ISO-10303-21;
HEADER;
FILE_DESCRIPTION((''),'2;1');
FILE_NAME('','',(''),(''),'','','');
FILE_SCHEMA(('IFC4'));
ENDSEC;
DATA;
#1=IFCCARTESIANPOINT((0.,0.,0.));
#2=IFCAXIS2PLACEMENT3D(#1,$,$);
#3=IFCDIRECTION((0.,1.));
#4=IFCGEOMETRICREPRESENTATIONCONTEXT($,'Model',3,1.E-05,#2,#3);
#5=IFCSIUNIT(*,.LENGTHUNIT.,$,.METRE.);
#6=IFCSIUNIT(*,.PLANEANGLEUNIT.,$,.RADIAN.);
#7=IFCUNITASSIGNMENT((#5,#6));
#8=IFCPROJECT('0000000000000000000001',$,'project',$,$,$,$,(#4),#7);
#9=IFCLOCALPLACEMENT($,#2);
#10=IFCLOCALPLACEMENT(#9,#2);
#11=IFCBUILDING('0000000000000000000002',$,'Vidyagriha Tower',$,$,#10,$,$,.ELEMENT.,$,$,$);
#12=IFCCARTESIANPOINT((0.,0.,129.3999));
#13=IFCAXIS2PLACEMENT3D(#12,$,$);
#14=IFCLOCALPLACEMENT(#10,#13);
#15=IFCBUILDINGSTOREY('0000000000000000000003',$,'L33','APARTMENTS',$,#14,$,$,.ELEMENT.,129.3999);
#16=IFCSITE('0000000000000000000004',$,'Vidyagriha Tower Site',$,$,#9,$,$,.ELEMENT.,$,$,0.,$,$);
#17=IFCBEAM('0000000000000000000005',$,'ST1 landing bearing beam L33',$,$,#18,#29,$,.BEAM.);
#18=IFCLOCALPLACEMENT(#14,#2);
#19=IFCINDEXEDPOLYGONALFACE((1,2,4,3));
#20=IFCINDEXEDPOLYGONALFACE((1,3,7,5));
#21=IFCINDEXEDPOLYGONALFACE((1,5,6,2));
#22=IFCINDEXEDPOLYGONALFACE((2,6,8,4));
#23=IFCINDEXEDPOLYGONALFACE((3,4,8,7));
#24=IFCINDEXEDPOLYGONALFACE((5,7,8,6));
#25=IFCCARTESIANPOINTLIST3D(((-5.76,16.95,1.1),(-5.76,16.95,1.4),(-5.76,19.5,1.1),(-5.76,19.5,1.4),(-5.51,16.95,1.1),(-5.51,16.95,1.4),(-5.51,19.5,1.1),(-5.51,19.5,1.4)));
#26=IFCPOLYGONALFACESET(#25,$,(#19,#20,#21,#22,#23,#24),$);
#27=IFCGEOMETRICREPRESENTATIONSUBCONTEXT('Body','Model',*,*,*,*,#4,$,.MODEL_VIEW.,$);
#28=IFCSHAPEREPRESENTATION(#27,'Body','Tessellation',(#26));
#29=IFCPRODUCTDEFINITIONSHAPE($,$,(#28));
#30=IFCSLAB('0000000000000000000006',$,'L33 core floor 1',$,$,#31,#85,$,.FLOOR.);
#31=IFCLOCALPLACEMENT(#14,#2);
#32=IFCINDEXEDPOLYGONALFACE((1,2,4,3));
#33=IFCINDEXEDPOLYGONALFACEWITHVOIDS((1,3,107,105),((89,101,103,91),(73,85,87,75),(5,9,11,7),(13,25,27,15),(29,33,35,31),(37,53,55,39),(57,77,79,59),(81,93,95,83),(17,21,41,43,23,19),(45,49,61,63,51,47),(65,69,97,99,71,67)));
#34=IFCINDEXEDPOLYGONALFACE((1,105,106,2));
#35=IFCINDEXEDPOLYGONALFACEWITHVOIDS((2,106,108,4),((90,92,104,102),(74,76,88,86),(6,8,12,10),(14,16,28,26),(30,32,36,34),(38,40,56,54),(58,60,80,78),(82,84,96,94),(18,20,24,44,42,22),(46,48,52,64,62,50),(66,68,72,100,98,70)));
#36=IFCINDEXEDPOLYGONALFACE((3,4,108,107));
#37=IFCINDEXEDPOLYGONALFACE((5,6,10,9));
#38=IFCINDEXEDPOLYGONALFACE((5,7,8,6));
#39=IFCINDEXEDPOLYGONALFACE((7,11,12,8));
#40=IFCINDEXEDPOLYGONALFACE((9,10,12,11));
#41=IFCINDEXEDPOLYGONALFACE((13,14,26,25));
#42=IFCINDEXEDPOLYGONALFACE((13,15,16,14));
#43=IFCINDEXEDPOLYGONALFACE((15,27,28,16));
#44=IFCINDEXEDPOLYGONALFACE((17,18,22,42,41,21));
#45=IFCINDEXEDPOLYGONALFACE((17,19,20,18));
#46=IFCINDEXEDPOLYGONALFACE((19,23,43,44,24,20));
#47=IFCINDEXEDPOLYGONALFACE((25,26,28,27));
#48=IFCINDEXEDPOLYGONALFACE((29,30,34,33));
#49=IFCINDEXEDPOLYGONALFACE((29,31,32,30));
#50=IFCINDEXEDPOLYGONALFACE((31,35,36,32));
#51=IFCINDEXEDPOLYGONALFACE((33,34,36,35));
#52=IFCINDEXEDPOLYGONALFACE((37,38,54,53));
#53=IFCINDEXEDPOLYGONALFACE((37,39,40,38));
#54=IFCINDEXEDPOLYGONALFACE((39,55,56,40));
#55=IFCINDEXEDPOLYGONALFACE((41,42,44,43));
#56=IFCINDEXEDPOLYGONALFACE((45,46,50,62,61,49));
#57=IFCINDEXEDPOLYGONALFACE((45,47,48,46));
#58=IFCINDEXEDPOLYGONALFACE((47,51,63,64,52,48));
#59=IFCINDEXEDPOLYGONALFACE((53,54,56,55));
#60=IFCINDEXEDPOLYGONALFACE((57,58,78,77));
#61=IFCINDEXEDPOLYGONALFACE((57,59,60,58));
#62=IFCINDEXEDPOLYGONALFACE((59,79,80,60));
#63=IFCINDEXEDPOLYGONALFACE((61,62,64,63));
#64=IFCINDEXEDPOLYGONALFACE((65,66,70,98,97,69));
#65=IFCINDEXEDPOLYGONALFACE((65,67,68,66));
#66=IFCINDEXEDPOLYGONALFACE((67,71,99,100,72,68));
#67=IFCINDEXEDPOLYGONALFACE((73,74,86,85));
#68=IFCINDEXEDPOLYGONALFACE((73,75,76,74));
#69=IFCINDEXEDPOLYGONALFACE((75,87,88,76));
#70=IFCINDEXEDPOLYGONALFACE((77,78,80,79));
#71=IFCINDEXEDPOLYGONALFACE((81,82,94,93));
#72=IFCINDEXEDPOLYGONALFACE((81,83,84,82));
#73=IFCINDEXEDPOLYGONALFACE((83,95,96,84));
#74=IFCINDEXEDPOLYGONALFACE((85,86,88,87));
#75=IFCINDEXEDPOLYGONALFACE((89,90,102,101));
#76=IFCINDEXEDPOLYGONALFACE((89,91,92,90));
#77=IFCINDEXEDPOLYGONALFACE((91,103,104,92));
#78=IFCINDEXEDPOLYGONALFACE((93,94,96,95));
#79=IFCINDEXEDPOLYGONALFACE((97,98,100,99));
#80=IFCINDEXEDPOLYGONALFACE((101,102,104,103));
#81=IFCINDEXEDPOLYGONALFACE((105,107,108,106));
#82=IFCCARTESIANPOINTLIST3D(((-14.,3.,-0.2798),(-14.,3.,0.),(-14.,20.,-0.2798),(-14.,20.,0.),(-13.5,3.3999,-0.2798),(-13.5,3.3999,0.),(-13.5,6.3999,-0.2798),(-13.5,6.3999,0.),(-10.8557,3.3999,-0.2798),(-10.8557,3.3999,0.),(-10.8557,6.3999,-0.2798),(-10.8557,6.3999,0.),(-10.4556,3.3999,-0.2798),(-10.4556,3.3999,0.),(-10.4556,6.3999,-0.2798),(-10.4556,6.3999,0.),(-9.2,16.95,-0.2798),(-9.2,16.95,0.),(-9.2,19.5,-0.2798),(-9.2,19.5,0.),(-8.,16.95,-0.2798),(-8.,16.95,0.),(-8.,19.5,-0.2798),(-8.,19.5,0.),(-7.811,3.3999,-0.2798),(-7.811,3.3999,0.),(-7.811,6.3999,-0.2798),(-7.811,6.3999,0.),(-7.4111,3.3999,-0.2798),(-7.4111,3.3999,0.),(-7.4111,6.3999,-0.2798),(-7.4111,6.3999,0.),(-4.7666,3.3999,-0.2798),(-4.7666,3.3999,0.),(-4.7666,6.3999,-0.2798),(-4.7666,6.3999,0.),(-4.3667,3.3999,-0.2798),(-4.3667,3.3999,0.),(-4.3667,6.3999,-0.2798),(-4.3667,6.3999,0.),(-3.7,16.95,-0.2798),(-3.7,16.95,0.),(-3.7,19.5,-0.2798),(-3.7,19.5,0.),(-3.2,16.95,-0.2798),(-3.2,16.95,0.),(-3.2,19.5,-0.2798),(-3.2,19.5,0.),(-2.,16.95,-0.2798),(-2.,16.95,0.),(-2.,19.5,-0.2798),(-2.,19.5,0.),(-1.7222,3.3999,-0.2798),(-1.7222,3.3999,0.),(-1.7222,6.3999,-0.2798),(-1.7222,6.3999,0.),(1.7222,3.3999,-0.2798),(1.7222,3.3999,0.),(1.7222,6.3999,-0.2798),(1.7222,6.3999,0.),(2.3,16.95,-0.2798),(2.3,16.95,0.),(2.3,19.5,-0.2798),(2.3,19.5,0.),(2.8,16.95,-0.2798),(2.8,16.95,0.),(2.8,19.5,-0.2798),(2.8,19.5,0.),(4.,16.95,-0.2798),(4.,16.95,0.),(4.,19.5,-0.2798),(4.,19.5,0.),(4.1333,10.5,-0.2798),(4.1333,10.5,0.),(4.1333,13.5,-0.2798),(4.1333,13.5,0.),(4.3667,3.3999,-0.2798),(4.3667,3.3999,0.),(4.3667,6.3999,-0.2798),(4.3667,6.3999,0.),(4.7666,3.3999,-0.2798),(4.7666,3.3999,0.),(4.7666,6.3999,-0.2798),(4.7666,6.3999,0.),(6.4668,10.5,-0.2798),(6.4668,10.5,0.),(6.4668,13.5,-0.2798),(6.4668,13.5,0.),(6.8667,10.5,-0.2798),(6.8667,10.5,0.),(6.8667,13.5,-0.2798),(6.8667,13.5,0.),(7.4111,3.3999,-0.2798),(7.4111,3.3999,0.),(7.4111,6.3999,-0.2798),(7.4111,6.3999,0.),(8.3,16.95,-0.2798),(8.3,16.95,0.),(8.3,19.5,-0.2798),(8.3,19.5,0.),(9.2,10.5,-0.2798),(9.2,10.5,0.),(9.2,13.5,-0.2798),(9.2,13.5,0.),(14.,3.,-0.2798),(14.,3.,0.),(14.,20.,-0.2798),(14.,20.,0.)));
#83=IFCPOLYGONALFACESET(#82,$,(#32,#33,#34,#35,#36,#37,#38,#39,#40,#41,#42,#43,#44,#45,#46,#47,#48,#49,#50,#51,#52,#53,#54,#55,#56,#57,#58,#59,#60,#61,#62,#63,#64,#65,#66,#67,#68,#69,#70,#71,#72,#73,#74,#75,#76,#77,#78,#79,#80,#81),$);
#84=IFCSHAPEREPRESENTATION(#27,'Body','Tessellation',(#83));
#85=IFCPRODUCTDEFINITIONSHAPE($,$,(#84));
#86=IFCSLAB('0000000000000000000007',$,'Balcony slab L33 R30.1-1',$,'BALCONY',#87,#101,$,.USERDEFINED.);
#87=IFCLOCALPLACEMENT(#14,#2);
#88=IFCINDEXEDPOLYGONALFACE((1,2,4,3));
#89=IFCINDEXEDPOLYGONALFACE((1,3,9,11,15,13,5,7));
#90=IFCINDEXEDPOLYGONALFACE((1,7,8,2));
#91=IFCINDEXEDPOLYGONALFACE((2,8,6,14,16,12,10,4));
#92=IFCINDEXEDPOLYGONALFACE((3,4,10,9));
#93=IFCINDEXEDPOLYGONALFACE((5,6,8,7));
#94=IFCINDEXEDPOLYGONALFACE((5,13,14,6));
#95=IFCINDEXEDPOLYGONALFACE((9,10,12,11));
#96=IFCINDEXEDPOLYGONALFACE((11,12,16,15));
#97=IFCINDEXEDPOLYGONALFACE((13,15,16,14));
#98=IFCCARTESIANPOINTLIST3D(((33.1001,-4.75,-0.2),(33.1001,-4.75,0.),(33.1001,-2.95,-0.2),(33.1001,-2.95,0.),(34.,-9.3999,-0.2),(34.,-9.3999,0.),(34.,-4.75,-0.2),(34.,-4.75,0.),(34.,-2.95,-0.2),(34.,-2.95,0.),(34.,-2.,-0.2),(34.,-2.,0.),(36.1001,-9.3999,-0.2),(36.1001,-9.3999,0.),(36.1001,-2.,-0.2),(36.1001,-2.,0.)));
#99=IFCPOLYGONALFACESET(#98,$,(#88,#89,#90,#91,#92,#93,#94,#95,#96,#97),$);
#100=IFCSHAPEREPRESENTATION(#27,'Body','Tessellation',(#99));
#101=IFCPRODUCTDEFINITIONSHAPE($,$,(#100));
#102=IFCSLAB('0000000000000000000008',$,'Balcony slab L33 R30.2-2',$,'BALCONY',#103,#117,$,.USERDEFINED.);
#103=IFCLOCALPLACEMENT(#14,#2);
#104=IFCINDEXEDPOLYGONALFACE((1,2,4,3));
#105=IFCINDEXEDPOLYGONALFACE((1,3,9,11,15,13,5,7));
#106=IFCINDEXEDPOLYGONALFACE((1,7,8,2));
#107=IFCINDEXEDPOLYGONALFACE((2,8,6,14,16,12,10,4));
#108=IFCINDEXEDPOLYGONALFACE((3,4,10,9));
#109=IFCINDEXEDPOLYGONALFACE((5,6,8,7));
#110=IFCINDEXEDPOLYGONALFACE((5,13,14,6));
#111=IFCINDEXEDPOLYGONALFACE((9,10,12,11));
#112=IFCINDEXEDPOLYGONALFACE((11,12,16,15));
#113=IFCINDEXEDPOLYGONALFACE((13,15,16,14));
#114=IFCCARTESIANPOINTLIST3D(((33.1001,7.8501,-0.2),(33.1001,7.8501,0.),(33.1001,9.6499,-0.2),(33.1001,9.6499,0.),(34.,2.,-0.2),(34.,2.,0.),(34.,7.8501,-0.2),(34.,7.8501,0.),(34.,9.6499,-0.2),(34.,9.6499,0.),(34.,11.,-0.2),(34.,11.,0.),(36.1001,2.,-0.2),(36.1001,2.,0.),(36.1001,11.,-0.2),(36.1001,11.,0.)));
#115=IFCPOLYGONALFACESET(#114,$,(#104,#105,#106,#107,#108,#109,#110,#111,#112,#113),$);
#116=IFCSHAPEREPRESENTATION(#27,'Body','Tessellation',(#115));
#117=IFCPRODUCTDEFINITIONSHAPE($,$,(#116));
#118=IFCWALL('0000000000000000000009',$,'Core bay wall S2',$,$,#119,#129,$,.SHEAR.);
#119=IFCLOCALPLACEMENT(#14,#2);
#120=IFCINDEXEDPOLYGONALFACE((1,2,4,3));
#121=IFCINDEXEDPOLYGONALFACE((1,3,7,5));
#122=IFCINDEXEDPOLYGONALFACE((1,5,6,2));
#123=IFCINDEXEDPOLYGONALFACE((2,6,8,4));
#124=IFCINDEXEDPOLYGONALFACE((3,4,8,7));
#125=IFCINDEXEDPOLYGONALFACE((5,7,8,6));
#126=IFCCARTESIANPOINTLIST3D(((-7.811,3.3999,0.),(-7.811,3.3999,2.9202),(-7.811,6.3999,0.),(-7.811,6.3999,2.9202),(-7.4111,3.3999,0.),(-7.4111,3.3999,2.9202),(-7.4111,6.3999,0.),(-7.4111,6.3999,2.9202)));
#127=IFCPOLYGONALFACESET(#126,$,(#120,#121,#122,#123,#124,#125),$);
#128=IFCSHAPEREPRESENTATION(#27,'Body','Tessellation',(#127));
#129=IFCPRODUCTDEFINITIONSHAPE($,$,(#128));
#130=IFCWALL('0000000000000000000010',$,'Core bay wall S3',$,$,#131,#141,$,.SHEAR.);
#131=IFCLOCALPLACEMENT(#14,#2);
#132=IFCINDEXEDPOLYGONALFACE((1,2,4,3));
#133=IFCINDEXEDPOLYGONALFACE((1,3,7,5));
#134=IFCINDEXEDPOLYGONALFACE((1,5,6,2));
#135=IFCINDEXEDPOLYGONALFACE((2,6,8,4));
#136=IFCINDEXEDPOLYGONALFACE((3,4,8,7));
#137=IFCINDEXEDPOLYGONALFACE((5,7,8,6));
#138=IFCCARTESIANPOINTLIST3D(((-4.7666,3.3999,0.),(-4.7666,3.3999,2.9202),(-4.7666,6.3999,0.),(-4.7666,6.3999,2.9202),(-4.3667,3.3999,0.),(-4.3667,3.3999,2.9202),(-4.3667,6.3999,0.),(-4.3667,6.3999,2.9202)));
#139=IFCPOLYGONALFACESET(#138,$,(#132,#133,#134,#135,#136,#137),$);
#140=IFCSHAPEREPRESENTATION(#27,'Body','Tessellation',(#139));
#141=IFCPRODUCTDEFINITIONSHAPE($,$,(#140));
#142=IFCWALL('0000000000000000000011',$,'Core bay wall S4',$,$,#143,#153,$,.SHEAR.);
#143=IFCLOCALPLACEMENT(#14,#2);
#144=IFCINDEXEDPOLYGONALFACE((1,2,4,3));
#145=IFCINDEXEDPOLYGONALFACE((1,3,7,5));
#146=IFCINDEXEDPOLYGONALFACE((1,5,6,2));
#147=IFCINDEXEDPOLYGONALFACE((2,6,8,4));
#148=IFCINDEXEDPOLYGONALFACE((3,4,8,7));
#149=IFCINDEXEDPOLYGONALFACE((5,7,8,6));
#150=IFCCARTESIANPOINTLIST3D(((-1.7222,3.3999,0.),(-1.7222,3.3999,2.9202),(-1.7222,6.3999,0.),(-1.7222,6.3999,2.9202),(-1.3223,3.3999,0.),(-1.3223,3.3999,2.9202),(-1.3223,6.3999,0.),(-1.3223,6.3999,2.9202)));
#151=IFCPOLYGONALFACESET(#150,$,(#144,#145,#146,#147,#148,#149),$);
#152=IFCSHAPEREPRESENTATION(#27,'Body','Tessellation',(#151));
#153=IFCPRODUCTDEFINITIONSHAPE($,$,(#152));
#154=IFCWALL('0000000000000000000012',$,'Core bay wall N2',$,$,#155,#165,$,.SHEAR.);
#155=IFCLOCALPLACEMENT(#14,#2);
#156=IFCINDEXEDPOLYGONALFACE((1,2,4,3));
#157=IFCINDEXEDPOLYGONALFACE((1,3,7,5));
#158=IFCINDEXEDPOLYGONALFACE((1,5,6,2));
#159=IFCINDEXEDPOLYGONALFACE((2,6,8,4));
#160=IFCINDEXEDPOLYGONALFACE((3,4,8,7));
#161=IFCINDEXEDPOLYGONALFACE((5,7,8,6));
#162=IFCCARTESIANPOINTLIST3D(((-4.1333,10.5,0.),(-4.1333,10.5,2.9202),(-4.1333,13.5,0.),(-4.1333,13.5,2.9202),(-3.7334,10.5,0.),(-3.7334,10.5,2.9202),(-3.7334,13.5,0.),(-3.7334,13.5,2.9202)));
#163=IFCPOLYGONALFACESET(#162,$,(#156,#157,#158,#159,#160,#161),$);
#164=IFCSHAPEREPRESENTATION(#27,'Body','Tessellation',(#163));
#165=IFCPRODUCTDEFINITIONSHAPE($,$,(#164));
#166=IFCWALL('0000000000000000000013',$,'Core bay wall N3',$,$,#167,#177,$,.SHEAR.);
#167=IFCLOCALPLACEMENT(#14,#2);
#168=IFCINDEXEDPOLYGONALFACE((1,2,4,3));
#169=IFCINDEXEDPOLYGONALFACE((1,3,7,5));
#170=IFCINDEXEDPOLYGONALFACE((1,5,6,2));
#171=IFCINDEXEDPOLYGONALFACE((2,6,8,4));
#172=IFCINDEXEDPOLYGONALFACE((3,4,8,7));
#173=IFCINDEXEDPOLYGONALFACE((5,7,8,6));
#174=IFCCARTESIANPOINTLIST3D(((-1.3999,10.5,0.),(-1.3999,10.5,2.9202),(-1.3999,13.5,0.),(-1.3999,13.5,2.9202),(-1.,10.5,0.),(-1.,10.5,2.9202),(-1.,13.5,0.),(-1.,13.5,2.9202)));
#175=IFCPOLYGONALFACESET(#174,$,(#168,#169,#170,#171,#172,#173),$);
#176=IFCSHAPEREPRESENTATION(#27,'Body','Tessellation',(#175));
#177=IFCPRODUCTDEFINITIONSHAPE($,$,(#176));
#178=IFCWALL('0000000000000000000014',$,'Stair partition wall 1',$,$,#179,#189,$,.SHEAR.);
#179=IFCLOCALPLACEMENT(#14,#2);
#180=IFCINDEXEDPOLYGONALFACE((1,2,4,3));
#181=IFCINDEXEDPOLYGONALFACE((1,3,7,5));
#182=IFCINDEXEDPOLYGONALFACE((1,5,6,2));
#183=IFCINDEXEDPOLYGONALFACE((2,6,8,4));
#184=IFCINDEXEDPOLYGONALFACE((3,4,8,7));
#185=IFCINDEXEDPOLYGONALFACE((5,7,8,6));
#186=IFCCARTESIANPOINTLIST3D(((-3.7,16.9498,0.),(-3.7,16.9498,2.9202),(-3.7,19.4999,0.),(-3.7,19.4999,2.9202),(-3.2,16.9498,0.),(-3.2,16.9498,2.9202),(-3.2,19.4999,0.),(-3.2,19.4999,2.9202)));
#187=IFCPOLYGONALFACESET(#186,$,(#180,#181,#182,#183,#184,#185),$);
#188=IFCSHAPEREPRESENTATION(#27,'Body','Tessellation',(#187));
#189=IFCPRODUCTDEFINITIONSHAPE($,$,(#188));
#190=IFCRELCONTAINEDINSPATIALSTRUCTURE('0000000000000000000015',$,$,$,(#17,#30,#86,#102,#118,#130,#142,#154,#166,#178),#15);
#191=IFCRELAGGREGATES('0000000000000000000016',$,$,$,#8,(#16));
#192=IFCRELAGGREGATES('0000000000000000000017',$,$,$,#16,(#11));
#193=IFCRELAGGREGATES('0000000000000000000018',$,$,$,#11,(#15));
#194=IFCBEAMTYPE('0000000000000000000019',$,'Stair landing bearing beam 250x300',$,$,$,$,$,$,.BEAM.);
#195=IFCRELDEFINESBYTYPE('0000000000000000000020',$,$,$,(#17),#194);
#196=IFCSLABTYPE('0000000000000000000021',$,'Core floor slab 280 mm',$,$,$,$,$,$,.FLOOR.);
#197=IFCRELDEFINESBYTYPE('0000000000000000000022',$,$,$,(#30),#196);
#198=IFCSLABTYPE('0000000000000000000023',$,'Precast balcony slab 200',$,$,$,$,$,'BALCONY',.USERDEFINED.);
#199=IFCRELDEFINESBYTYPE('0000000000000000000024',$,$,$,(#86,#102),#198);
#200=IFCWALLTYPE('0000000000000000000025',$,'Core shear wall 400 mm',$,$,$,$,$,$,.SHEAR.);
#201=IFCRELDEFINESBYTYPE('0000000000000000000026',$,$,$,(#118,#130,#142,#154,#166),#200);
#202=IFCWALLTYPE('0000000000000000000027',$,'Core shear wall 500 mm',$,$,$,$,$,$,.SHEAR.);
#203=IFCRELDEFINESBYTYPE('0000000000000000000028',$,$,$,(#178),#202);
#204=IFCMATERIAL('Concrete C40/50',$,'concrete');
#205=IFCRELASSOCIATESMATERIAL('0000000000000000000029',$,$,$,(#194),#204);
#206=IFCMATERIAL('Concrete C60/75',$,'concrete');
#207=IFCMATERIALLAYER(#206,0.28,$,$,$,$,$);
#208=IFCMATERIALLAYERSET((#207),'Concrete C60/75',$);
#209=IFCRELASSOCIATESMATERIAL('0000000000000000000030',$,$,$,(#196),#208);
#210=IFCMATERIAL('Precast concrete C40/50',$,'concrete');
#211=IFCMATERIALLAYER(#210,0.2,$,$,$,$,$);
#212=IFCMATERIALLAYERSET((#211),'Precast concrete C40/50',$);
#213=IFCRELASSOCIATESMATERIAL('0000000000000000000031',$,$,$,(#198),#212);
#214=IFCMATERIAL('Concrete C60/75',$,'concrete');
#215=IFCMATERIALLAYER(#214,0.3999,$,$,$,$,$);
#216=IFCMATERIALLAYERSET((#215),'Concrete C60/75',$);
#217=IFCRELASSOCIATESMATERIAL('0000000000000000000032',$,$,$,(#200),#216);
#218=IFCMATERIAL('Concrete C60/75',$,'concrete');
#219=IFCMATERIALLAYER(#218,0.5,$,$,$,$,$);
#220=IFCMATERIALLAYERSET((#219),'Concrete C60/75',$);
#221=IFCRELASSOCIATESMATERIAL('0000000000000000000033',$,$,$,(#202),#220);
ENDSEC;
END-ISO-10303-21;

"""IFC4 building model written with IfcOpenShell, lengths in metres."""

from ifc_helpers import new_model, si_unit, direction, frame, frame_2d, origin, origin_2d, place, context, subcontext, project, spatial, polyline, rectangle, outline, extrude, material, layer, layer_set, material_profile, profile_set, type_object, element, save


model = new_model("IFC4")

# Units and contexts
model_context = context("Model", 3, precision=1e-05, world=origin(), true_north=direction((0.0, 1.0)))
body_context = subcontext(model_context, "Body", "Model", "MODEL_VIEW")
ifc_project = project(units=[si_unit("LENGTHUNIT", "METRE"), si_unit("PLANEANGLEUNIT", "RADIAN")], contexts=[model_context])

# Site, building, storey
site_placement = place(None, origin())
site = spatial("IfcSite", under=ifc_project, at=site_placement, Name="Vidyagriha Tower Site", CompositionType="ELEMENT", RefElevation=0.0)
building_placement = place(site_placement, origin())
building = spatial("IfcBuilding", under=site, at=building_placement, Name="Vidyagriha Tower", CompositionType="ELEMENT")
storey_placement = place(building_placement, frame((0.0, 0.0, 129.3999)))
storey = spatial("IfcBuildingStorey", under=building, at=storey_placement, Name="L33", Description="APARTMENTS", CompositionType="ELEMENT", Elevation=129.3999)

# Beam
ifc_material_1 = material(Name="Concrete C40/50", Category="concrete")
ifc_material_profile = material_profile(ifc_material_1, rectangle(XDim=0.25, YDim=0.3, at=origin_2d()), Name="Stair landing bearing beam 250x300")
ifc_profile_set = profile_set([ifc_material_profile], Name="Concrete C40/50")
beam_type = type_object("IfcBeamType", Name="Stair landing bearing beam 250x300", PredefinedType="BEAM", material=ifc_profile_set)
beam_placement = place(storey_placement, frame((-5.635, 16.95, 1.25), z_axis=(0.0, 1.0, 0.0), x_axis=(-1.0, 0.0, 0.0)))
element("IfcBeam", 1, at=beam_placement, inside=storey, type_object=beam_type, Name="ST1 landing bearing beam L33", PredefinedType="BEAM", context=body_context, shape_type="SweptSolid", body=[
    extrude(rectangle(XDim=0.25, YDim=0.3, at=origin_2d()), origin(), (0.0, 0.0, 1.0), 2.55),
])

# Slabs
ifc_material_2 = material(Name="Concrete C60/75", Category="concrete")
ifc_layer_1 = layer(ifc_material_2, 0.28)
ifc_layer_set_1 = layer_set([ifc_layer_1], Name="Concrete C60/75")
slab_type_1 = type_object("IfcSlabType", Name="Core floor slab 280 mm", PredefinedType="FLOOR", material=ifc_layer_set_1)
slab_1_placement = place(storey_placement, frame((0.0, 0.0, -0.2798)))
element("IfcSlab", 2, at=slab_1_placement, inside=storey, type_object=slab_type_1, Name="L33 core floor 1", PredefinedType="FLOOR", context=body_context, shape_type="SweptSolid", body=[
    extrude(outline(polyline([(-14.0, 3.0), (-14.0, 20.0), (14.0, 20.0), (14.0, 3.0), (-14.0, 3.0)]), holes=[polyline([(9.2, 13.5), (6.8667, 13.5), (6.8667, 10.5), (9.2, 10.5), (9.2, 13.5)]), polyline([(4.0, 19.5), (2.8, 19.5), (2.8, 16.95), (4.0, 16.95), (8.3, 16.95), (8.3, 19.5), (4.0, 19.5)]), polyline([(7.4111, 6.3999), (4.7666, 6.3999), (4.7666, 3.3999), (7.4111, 3.3999), (7.4111, 6.3999)]), polyline([(6.4668, 13.5), (4.1333, 13.5), (4.1333, 10.5), (6.4668, 10.5), (6.4668, 13.5)]), polyline([(1.7222, 6.3999), (1.7222, 3.3999), (4.3667, 3.3999), (4.3667, 6.3999), (1.7222, 6.3999)]), polyline([(-2.0, 16.95), (2.3, 16.95), (2.3, 19.5), (-2.0, 19.5), (-3.2, 19.5), (-3.2, 16.95), (-2.0, 16.95)]), polyline([(-1.7222, 6.3999), (-4.3667, 6.3999), (-4.3667, 3.3999), (-1.7222, 3.3999), (-1.7222, 6.3999)]), polyline([(-8.0, 19.5), (-9.2, 19.5), (-9.2, 16.95), (-8.0, 16.95), (-3.7, 16.95), (-3.7, 19.5), (-8.0, 19.5)]), polyline([(-4.7666, 6.3999), (-7.4111, 6.3999), (-7.4111, 3.3999), (-4.7666, 3.3999), (-4.7666, 6.3999)]), polyline([(-7.811, 6.3999), (-10.4556, 6.3999), (-10.4556, 3.3999), (-7.811, 3.3999), (-7.811, 6.3999)]), polyline([(-13.5, 6.3999), (-13.5, 3.3999), (-10.8557, 3.3999), (-10.8557, 6.3999), (-13.5, 6.3999)])]), origin(), (0.0, 0.0, 1.0), 0.2798),
])
ifc_material_3 = material(Name="Precast concrete C40/50", Category="concrete")
ifc_layer_2 = layer(ifc_material_3, 0.2)
ifc_layer_set_2 = layer_set([ifc_layer_2], Name="Precast concrete C40/50")
slab_type_2 = type_object("IfcSlabType", Name="Precast balcony slab 200", ElementType="BALCONY", PredefinedType="USERDEFINED", material=ifc_layer_set_2)
slab_2_placement = place(storey_placement, frame((0.0, 0.0, -0.2)))
element("IfcSlab", 3, at=slab_2_placement, inside=storey, type_object=slab_type_2, Name="Balcony slab L33 R30.1-1", ObjectType="BALCONY", PredefinedType="USERDEFINED", context=body_context, shape_type="SweptSolid", body=[
    extrude(outline(polyline([(34.0, -4.75), (34.0, -9.3999), (36.1001, -9.3999), (36.1001, -2.0), (34.0, -2.0), (34.0, -2.95), (33.1001, -2.95), (33.1001, -4.75), (34.0, -4.75)])), origin(), (0.0, 0.0, 1.0), 0.2),
])
slab_3_placement = place(storey_placement, frame((0.0, 0.0, -0.2)))
element("IfcSlab", 4, at=slab_3_placement, inside=storey, type_object=slab_type_2, Name="Balcony slab L33 R30.2-2", ObjectType="BALCONY", PredefinedType="USERDEFINED", context=body_context, shape_type="SweptSolid", body=[
    extrude(outline(polyline([(34.0, 7.8501), (34.0, 2.0), (36.1001, 2.0), (36.1001, 11.0), (34.0, 11.0), (34.0, 9.6499), (33.1001, 9.6499), (33.1001, 7.8501), (34.0, 7.8501)])), origin(), (0.0, 0.0, 1.0), 0.2),
])

# Walls
ifc_material_4 = material(Name="Concrete C60/75", Category="concrete")
ifc_layer_3 = layer(ifc_material_4, 0.3999)
ifc_layer_set_3 = layer_set([ifc_layer_3], Name="Concrete C60/75")
wall_type_1 = type_object("IfcWallType", Name="Core shear wall 400 mm", PredefinedType="SHEAR", material=ifc_layer_set_3)
for number, where, z_axis, x_axis, name in (
    (5, (-7.6111, 3.3999, 0.0), (0.0, 0.0, 1.0), (0.0, 1.0, 0.0), "Core bay wall S2"),
    (6, (-4.5667, 3.3999, 0.0), (0.0, 0.0, 1.0), (0.0, 1.0, 0.0), "Core bay wall S3"),
    (7, (-1.5222, 3.3999, 0.0), (0.0, 0.0, 1.0), (0.0, 1.0, 0.0), "Core bay wall S4"),
    (8, (-3.9333, 10.5, 0.0), (0.0, 0.0, 1.0), (0.0, 1.0, 0.0), "Core bay wall N2"),
    (9, (-1.2, 10.5, 0.0), (0.0, 0.0, 1.0), (0.0, 1.0, 0.0), "Core bay wall N3"),
):
    element("IfcWall", number, at=place(storey_placement, frame(where, z_axis=z_axis, x_axis=x_axis)), inside=storey, type_object=wall_type_1, Name=name, PredefinedType="SHEAR", context=body_context, shape_type="SweptSolid", body=[
        extrude(rectangle(XDim=3.0, YDim=0.3999, at=frame_2d((1.5, 0.0))), origin(), (0.0, 0.0, 1.0), 2.9202),
    ])
ifc_material_5 = material(Name="Concrete C60/75", Category="concrete")
ifc_layer_4 = layer(ifc_material_5, 0.5)
ifc_layer_set_4 = layer_set([ifc_layer_4], Name="Concrete C60/75")
wall_type_2 = type_object("IfcWallType", Name="Core shear wall 500 mm", PredefinedType="SHEAR", material=ifc_layer_set_4)
wall_placement = place(storey_placement, frame((-3.45, 16.95, 0.0), z_axis=(0.0, 0.0, 1.0), x_axis=(0.0, 1.0, 0.0)))
element("IfcWall", 10, at=wall_placement, inside=storey, type_object=wall_type_2, Name="Stair partition wall 1", PredefinedType="SHEAR", context=body_context, shape_type="SweptSolid", body=[
    extrude(rectangle(XDim=2.55, YDim=0.5, at=frame_2d((1.2749, 0.0))), origin(), (0.0, 0.0, 1.0), 2.9202),
])

save(model, "model.ifc")
